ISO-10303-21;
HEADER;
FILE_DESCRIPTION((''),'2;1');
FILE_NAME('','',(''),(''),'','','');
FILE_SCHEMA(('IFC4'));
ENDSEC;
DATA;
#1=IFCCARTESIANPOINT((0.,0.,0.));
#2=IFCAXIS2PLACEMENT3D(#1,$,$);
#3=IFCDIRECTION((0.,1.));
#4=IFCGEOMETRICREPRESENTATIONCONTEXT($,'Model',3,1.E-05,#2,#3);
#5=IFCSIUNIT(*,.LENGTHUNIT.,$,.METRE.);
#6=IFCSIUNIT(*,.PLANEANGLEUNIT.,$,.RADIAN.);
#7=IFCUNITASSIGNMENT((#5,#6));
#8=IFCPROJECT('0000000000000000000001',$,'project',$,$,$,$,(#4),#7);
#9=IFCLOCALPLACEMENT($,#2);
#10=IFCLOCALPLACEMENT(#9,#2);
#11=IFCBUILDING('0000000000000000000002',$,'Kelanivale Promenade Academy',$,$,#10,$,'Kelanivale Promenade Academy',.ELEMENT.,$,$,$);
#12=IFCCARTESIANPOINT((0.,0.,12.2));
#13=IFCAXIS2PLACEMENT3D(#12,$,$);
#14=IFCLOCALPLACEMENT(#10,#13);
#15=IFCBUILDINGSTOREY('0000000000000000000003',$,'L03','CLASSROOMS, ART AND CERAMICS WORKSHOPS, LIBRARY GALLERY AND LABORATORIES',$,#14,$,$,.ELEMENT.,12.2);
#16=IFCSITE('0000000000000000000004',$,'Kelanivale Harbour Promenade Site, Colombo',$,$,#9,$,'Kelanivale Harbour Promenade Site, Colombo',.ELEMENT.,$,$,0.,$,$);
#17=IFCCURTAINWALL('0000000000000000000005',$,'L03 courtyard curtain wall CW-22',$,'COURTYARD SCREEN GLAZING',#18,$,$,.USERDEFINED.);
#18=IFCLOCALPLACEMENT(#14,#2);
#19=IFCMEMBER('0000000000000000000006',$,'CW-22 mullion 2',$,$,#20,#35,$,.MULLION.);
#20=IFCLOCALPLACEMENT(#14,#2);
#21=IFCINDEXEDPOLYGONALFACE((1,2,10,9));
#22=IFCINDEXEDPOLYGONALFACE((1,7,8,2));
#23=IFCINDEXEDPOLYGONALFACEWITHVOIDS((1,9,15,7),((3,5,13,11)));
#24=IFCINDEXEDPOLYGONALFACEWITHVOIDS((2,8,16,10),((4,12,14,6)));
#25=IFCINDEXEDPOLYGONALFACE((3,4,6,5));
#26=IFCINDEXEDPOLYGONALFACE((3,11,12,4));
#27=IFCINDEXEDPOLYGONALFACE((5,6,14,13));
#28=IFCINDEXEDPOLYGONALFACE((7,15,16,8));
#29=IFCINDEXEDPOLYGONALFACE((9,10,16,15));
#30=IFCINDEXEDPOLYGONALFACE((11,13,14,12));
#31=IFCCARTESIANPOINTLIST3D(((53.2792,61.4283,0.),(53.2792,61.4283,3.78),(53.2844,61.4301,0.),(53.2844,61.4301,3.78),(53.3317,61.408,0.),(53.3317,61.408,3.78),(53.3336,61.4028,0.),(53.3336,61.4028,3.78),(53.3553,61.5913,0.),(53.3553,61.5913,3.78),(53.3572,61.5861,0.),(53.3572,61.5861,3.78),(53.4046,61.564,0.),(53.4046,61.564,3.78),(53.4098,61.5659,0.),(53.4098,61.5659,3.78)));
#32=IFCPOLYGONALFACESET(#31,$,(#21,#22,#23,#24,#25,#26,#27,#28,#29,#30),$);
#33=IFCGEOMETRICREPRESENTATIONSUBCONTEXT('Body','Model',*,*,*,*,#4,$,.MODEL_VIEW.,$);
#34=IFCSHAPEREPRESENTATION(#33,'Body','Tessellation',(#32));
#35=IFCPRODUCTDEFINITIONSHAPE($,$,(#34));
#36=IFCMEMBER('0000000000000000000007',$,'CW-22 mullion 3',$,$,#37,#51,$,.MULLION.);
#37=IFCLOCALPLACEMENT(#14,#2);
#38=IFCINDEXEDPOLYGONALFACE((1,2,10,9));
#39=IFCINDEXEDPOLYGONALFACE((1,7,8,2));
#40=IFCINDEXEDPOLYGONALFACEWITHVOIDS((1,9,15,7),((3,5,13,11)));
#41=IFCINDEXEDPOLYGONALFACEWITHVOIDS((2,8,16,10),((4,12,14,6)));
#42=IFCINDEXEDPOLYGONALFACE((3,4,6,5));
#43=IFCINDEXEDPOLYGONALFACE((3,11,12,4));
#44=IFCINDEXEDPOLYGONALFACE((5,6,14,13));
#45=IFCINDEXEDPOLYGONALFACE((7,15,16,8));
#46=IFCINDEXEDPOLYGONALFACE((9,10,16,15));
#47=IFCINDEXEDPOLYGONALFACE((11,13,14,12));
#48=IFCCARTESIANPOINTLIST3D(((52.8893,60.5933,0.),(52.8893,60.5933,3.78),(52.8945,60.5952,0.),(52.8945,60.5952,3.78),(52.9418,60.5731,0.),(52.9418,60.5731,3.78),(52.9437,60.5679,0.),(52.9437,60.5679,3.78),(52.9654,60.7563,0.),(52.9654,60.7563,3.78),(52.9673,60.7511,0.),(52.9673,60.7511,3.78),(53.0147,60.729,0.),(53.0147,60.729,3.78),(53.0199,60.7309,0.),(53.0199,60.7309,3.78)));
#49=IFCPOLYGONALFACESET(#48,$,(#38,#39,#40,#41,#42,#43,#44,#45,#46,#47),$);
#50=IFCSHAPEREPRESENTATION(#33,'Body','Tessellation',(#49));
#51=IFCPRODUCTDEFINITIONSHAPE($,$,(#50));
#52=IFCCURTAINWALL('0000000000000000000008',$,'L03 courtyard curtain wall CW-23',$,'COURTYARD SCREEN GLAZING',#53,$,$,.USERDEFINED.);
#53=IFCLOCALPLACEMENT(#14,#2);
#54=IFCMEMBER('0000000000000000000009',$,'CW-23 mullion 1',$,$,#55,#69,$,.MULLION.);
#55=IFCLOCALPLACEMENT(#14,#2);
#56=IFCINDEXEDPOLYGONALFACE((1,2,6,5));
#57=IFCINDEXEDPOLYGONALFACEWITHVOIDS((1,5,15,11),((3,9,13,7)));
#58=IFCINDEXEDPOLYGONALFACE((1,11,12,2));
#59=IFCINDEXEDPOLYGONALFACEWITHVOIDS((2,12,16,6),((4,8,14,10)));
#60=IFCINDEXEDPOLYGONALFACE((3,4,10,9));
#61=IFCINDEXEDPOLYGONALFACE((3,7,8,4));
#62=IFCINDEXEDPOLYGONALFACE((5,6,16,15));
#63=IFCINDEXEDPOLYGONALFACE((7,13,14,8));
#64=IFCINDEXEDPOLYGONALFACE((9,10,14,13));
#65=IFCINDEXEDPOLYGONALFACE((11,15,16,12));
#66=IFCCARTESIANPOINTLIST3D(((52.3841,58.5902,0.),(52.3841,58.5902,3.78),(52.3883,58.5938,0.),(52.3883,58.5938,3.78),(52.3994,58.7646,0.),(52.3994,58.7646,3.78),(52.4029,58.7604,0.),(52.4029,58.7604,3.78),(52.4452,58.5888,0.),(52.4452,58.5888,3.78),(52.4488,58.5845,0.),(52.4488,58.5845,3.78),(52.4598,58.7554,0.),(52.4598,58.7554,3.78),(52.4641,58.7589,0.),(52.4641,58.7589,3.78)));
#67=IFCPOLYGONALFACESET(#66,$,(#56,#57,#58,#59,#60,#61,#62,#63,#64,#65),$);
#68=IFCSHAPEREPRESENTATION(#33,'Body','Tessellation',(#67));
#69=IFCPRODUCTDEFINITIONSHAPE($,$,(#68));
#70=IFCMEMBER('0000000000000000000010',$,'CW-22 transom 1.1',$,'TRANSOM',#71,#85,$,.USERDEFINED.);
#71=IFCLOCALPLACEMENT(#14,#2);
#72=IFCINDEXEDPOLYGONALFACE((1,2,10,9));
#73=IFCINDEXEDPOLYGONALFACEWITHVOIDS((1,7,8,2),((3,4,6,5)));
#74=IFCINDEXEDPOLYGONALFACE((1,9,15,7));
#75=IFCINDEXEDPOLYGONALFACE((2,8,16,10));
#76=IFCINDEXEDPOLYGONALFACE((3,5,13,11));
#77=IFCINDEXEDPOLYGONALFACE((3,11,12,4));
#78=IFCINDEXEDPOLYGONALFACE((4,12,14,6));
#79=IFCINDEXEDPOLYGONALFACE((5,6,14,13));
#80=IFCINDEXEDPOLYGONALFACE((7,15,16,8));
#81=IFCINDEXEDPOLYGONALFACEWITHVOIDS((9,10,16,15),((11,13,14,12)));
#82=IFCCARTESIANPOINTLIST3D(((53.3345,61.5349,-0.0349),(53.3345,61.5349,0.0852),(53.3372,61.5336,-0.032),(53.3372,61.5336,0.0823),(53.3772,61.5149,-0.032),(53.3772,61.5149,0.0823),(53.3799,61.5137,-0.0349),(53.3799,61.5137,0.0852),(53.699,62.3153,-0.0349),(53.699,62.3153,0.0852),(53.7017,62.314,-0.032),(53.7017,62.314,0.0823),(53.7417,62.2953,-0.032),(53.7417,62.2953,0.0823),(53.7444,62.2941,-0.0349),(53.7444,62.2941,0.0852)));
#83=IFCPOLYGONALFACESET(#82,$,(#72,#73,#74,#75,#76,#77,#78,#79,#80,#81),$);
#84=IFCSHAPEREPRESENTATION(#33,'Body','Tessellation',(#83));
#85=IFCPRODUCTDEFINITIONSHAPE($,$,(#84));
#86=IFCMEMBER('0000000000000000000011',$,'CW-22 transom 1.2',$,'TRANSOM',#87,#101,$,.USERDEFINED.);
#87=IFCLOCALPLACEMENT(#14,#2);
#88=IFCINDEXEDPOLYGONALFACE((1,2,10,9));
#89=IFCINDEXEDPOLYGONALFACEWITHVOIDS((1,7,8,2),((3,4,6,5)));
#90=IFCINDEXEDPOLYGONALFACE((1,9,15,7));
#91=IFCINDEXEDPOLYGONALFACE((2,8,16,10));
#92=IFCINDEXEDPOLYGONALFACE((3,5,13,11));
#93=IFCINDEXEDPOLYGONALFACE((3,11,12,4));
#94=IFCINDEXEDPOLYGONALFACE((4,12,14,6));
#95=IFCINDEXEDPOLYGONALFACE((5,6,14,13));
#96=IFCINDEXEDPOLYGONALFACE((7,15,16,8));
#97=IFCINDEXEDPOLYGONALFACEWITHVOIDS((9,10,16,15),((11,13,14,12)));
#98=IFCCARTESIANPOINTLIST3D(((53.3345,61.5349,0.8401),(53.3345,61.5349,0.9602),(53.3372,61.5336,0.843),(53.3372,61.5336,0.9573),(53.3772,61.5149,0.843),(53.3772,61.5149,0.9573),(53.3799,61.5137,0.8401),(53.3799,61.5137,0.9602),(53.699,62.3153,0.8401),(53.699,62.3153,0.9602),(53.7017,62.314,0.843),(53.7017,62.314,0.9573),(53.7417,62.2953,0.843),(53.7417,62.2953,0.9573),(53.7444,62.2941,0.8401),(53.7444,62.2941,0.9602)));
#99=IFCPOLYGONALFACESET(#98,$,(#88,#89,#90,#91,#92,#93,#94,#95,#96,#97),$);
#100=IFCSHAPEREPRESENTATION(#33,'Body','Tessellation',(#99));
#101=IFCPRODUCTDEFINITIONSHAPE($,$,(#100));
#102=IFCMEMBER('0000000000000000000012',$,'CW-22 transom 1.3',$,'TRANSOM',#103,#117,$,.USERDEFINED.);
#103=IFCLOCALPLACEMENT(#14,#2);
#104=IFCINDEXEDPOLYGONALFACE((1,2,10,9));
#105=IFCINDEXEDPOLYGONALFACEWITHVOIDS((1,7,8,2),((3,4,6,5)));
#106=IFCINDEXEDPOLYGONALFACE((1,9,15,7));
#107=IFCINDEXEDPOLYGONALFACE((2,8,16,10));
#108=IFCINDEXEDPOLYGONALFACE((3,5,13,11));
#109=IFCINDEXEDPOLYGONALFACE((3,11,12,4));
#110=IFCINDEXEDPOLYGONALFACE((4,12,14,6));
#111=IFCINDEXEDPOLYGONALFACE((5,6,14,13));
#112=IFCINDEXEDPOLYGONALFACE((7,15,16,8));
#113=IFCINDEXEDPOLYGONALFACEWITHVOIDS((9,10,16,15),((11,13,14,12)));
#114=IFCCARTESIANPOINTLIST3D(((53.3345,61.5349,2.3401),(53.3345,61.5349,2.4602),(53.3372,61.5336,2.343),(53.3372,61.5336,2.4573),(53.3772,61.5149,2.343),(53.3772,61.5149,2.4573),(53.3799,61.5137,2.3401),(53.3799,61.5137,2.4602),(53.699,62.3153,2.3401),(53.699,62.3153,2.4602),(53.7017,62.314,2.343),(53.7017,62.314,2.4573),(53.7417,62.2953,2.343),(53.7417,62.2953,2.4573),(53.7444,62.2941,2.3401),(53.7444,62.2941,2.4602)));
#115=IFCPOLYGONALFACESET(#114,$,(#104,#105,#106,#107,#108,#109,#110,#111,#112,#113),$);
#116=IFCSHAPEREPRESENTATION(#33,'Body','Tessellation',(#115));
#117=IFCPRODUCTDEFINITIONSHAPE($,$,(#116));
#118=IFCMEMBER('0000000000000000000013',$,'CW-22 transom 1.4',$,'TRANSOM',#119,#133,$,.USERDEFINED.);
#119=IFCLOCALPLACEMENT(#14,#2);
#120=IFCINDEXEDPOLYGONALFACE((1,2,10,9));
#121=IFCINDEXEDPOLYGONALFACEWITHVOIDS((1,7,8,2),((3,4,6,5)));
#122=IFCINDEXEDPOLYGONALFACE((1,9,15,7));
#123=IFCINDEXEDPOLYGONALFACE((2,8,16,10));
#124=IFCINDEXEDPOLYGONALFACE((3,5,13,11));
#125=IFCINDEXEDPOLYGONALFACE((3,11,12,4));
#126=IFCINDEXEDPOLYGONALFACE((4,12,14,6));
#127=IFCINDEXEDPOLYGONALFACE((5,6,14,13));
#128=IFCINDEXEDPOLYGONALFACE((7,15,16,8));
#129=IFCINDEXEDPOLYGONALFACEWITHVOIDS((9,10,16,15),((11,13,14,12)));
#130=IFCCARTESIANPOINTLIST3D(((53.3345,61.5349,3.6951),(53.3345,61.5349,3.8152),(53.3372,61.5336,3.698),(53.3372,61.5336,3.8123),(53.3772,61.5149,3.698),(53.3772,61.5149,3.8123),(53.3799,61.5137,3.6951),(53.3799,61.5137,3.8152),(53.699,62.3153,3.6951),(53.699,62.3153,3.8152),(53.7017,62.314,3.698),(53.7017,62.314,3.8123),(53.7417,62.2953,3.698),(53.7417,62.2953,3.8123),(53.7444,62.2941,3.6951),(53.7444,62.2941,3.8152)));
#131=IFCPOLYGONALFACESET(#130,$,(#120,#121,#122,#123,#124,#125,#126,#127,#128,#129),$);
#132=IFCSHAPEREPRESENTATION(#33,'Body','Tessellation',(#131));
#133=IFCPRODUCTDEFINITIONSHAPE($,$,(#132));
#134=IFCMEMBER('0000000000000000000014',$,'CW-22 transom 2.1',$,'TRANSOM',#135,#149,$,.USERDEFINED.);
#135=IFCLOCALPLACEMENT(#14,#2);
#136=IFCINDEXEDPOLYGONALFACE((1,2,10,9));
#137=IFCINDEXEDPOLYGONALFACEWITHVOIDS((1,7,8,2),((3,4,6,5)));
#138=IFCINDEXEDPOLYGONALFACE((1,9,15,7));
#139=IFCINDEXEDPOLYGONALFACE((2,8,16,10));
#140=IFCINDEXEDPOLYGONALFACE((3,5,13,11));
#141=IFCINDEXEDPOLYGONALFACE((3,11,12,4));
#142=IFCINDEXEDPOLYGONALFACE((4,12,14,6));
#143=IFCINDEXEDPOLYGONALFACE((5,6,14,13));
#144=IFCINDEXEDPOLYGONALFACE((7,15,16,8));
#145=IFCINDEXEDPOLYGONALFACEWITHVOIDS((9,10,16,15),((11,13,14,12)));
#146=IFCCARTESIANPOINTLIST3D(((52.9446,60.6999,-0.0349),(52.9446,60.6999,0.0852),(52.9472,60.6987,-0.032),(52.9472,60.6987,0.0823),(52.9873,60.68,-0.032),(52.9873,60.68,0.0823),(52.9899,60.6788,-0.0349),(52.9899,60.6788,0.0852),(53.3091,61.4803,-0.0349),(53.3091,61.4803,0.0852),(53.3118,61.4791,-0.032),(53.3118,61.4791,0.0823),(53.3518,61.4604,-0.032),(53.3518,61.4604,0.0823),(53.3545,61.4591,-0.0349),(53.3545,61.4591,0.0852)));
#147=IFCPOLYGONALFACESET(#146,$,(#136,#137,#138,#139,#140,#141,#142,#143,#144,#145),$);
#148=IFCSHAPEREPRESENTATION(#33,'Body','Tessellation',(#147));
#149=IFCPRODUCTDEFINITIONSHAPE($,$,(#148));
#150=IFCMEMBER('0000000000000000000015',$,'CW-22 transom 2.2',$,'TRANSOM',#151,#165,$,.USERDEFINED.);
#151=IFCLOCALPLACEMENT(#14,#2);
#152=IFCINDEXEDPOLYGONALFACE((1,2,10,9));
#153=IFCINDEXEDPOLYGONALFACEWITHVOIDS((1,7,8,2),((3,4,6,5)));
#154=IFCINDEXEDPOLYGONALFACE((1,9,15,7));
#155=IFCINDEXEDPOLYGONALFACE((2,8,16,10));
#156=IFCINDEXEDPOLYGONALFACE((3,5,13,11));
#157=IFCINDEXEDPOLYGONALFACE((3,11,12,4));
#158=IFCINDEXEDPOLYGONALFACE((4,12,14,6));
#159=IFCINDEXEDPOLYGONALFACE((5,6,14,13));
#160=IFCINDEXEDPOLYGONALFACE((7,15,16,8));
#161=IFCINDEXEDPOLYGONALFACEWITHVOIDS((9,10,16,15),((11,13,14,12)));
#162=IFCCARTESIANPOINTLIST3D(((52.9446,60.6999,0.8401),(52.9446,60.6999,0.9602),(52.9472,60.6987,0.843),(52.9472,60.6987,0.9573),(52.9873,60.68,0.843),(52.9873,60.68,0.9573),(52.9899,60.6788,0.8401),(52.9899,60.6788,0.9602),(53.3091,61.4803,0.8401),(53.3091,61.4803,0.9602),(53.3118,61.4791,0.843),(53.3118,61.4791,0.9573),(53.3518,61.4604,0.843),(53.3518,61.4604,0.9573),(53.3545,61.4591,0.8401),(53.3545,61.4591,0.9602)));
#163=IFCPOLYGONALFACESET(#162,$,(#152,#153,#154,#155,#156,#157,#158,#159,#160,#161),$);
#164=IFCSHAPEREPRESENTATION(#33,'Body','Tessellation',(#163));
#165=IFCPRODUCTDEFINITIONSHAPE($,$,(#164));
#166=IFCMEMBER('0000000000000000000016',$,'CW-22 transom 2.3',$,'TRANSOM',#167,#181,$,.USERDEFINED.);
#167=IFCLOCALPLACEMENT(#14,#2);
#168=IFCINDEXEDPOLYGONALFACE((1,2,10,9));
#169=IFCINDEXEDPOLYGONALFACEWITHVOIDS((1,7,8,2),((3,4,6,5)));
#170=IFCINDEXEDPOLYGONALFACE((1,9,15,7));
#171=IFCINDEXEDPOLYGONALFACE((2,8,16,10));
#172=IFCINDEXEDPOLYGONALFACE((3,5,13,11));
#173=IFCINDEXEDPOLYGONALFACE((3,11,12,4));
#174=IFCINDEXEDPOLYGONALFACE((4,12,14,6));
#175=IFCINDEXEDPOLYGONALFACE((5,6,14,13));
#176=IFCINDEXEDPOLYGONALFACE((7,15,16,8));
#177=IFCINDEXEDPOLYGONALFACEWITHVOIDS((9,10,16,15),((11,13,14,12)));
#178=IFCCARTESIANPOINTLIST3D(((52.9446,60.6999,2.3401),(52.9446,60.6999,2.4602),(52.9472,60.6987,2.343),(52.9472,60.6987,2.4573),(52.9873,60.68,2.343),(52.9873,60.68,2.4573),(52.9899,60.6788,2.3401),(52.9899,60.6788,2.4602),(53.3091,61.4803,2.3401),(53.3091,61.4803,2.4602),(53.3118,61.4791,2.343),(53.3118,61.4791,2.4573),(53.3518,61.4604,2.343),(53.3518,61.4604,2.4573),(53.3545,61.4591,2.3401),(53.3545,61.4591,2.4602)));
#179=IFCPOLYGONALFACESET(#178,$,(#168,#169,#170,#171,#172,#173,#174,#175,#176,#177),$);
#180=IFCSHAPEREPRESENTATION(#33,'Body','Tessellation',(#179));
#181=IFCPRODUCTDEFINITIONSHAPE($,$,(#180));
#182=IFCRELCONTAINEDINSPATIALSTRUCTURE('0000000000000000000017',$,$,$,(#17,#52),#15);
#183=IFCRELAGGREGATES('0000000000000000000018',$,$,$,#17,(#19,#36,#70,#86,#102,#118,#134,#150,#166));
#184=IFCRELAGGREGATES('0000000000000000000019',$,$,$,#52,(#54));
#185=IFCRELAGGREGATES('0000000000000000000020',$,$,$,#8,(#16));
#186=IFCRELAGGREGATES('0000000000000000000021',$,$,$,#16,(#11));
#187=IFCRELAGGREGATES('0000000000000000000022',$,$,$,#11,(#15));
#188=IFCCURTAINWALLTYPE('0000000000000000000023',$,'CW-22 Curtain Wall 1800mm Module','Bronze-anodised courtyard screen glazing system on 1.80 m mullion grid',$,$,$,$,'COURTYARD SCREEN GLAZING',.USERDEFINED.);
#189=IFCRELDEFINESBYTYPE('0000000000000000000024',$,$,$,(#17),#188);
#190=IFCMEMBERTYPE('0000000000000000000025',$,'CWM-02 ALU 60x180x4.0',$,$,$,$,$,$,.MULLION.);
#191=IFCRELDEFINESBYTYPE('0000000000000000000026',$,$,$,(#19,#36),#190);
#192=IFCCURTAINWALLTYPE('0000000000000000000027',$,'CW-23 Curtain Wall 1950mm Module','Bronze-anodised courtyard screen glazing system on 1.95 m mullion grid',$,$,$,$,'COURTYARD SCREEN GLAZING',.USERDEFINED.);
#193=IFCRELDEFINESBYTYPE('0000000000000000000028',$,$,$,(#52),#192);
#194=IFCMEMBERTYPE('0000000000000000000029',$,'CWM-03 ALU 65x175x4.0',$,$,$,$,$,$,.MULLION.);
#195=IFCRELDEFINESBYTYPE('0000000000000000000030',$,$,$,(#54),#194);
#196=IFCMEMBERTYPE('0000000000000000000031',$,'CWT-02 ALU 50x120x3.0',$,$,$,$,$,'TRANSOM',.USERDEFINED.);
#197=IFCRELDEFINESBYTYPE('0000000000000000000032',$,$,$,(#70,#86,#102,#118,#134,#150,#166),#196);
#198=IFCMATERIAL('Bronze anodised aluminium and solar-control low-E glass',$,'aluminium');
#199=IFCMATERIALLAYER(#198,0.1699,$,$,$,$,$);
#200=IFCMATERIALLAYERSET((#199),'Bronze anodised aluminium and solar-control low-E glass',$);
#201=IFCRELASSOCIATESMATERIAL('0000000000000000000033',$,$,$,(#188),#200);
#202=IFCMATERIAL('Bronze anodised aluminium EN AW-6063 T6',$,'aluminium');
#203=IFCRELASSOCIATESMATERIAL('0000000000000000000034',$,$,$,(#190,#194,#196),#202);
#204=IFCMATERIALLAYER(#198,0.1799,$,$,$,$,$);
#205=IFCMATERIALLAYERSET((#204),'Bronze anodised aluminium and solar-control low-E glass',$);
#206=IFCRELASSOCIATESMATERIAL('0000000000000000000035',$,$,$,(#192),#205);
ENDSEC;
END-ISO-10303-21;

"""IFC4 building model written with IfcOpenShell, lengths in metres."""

from ifc_helpers import new_model, si_unit, direction, frame, origin, origin_2d, place, context, subcontext, project, spatial, hollow_rectangle, extrude, material, layer, layer_set, material_profile, profile_set, type_object, element, aggregate, save


model = new_model("IFC4")

# Units and contexts
model_context = context("Model", 3, precision=1e-05, world=origin(), true_north=direction((0.0, 1.0)))
body_context = subcontext(model_context, "Body", "Model", "MODEL_VIEW")
ifc_project = project(units=[si_unit("LENGTHUNIT", "METRE"), si_unit("PLANEANGLEUNIT", "RADIAN")], contexts=[model_context])

# Site, building, storey
site_placement = place(None, origin())
site = spatial("IfcSite", under=ifc_project, at=site_placement, Name="Kelanivale Harbour Promenade Site, Colombo", LongName="Kelanivale Harbour Promenade Site, Colombo", CompositionType="ELEMENT", RefElevation=0.0)
building_placement = place(site_placement, origin())
building = spatial("IfcBuilding", under=site, at=building_placement, Name="Kelanivale Promenade Academy", LongName="Kelanivale Promenade Academy", CompositionType="ELEMENT")
storey_placement = place(building_placement, frame((0.0, 0.0, 12.2)))
storey = spatial("IfcBuildingStorey", under=building, at=storey_placement, Name="L03", Description="CLASSROOMS, ART AND CERAMICS WORKSHOPS, LIBRARY GALLERY AND LABORATORIES", CompositionType="ELEMENT", Elevation=12.2)

# Curtain wall, members
ifc_material_1 = material(Name="Bronze anodised aluminium and solar-control low-E glass", Category="aluminium")
ifc_layer_1 = layer(ifc_material_1, 0.1699)
ifc_layer_set_1 = layer_set([ifc_layer_1], Name="Bronze anodised aluminium and solar-control low-E glass")
curtain_wall_type_1 = type_object("IfcCurtainWallType", Name="CW-22 Curtain Wall 1800mm Module", Description="Bronze-anodised courtyard screen glazing system on 1.80 m mullion grid", ElementType="COURTYARD SCREEN GLAZING", PredefinedType="USERDEFINED", material=ifc_layer_set_1)
curtain_wall_1_placement = place(storey_placement, origin())
curtain_wall_1 = element("IfcCurtainWall", 1, at=curtain_wall_1_placement, inside=storey, type_object=curtain_wall_type_1, Name="L03 courtyard curtain wall CW-22", ObjectType="COURTYARD SCREEN GLAZING", PredefinedType="USERDEFINED")
ifc_material_2 = material(Name="Bronze anodised aluminium EN AW-6063 T6", Category="aluminium")
ifc_material_profile_1 = material_profile(ifc_material_2, hollow_rectangle(XDim=0.0601, YDim=0.1799, WallThickness=0.0039, at=origin_2d()), Name="ALU 60x180x4.0")
ifc_profile_set_1 = profile_set([ifc_material_profile_1], Name="Bronze anodised aluminium EN AW-6063 T6")
member_type_1 = type_object("IfcMemberType", Name="CWM-02 ALU 60x180x4.0", PredefinedType="MULLION", material=ifc_profile_set_1)
member_1_placement = place(storey_placement, frame((53.3445, 61.4971, 0.0), z_axis=(0.0, 0.0, 1.0), x_axis=(0.906089, -0.423087, 0.0)))
member_1 = element("IfcMember", 2, at=member_1_placement, type_object=member_type_1, Name="CW-22 mullion 2", PredefinedType="MULLION", context=body_context, shape_type="SweptSolid", body=[
    extrude(hollow_rectangle(XDim=0.0601, YDim=0.1799, WallThickness=0.0039, at=origin_2d()), origin(), (0.0, 0.0, 1.0), 3.78),
])
member_2_placement = place(storey_placement, frame((52.9546, 60.6621, 0.0), z_axis=(0.0, 0.0, 1.0), x_axis=(0.906089, -0.423087, 0.0)))
member_2 = element("IfcMember", 3, at=member_2_placement, type_object=member_type_1, Name="CW-22 mullion 3", PredefinedType="MULLION", context=body_context, shape_type="SweptSolid", body=[
    extrude(hollow_rectangle(XDim=0.0601, YDim=0.1799, WallThickness=0.0039, at=origin_2d()), origin(), (0.0, 0.0, 1.0), 3.78),
])

# Curtain wall, member
ifc_layer_2 = layer(ifc_material_1, 0.1799)
ifc_layer_set_2 = layer_set([ifc_layer_2], Name="Bronze anodised aluminium and solar-control low-E glass")
curtain_wall_type_2 = type_object("IfcCurtainWallType", Name="CW-23 Curtain Wall 1950mm Module", Description="Bronze-anodised courtyard screen glazing system on 1.95 m mullion grid", ElementType="COURTYARD SCREEN GLAZING", PredefinedType="USERDEFINED", material=ifc_layer_set_2)
curtain_wall_2_placement = place(storey_placement, origin())
curtain_wall_2 = element("IfcCurtainWall", 4, at=curtain_wall_2_placement, inside=storey, type_object=curtain_wall_type_2, Name="L03 courtyard curtain wall CW-23", ObjectType="COURTYARD SCREEN GLAZING", PredefinedType="USERDEFINED")
ifc_material_profile_2 = material_profile(ifc_material_2, hollow_rectangle(XDim=0.0649, YDim=0.175, WallThickness=0.0039, at=origin_2d()), Name="ALU 65x175x4.0")
ifc_profile_set_2 = profile_set([ifc_material_profile_2], Name="Bronze anodised aluminium EN AW-6063 T6")
member_type_2 = type_object("IfcMemberType", Name="CWM-03 ALU 65x175x4.0", PredefinedType="MULLION", material=ifc_profile_set_2)
member_3_placement = place(storey_placement, frame((52.4241, 58.6746, 0.0), z_axis=(0.0, 0.0, 1.0), x_axis=(0.996185, -0.087265, 0.0)))
member_3 = element("IfcMember", 5, at=member_3_placement, type_object=member_type_2, Name="CW-23 mullion 1", PredefinedType="MULLION", context=body_context, shape_type="SweptSolid", body=[
    extrude(hollow_rectangle(XDim=0.0649, YDim=0.175, WallThickness=0.0039, at=origin_2d()), origin(), (0.0, 0.0, 1.0), 3.78),
])

# Members
ifc_material_profile_3 = material_profile(ifc_material_2, hollow_rectangle(XDim=0.05, YDim=0.1201, WallThickness=0.0029, at=origin_2d()), Name="ALU 50x120x3.0")
ifc_profile_set_3 = profile_set([ifc_material_profile_3], Name="Bronze anodised aluminium EN AW-6063 T6")
member_type_3 = type_object("IfcMemberType", Name="CWT-02 ALU 50x120x3.0", ElementType="TRANSOM", PredefinedType="USERDEFINED", material=ifc_profile_set_3)
member_4_placement = place(storey_placement, frame((53.7217, 62.3047, 0.0251), z_axis=(-0.423134, -0.906067, 0.0), x_axis=(0.906067, -0.423134, 0.0)))
member_4 = element("IfcMember", 6, at=member_4_placement, type_object=member_type_3, Name="CW-22 transom 1.1", ObjectType="TRANSOM", PredefinedType="USERDEFINED", context=body_context, shape_type="SweptSolid", body=[
    extrude(hollow_rectangle(XDim=0.05, YDim=0.1201, WallThickness=0.0029, at=origin_2d()), origin(), (0.0, 0.0, 1.0), 0.8613),
])
member_5_placement = place(storey_placement, frame((53.7217, 62.3047, 0.9001), z_axis=(-0.423134, -0.906067, 0.0), x_axis=(0.906067, -0.423134, 0.0)))
member_5 = element("IfcMember", 7, at=member_5_placement, type_object=member_type_3, Name="CW-22 transom 1.2", ObjectType="TRANSOM", PredefinedType="USERDEFINED", context=body_context, shape_type="SweptSolid", body=[
    extrude(hollow_rectangle(XDim=0.05, YDim=0.1201, WallThickness=0.0029, at=origin_2d()), origin(), (0.0, 0.0, 1.0), 0.8613),
])
member_6_placement = place(storey_placement, frame((53.7217, 62.3047, 2.4001), z_axis=(-0.423134, -0.906067, 0.0), x_axis=(0.906067, -0.423134, 0.0)))
member_6 = element("IfcMember", 8, at=member_6_placement, type_object=member_type_3, Name="CW-22 transom 1.3", ObjectType="TRANSOM", PredefinedType="USERDEFINED", context=body_context, shape_type="SweptSolid", body=[
    extrude(hollow_rectangle(XDim=0.05, YDim=0.1201, WallThickness=0.0029, at=origin_2d()), origin(), (0.0, 0.0, 1.0), 0.8613),
])
member_7_placement = place(storey_placement, frame((53.7217, 62.3047, 3.7551), z_axis=(-0.423134, -0.906067, 0.0), x_axis=(0.906067, -0.423134, 0.0)))
member_7 = element("IfcMember", 9, at=member_7_placement, type_object=member_type_3, Name="CW-22 transom 1.4", ObjectType="TRANSOM", PredefinedType="USERDEFINED", context=body_context, shape_type="SweptSolid", body=[
    extrude(hollow_rectangle(XDim=0.05, YDim=0.1201, WallThickness=0.0029, at=origin_2d()), origin(), (0.0, 0.0, 1.0), 0.8613),
])
member_8_placement = place(storey_placement, frame((53.3318, 61.4697, 0.0251), z_axis=(-0.423242, -0.906016, 0.0), x_axis=(0.906016, -0.423242, 0.0)))
member_8 = element("IfcMember", 10, at=member_8_placement, type_object=member_type_3, Name="CW-22 transom 2.1", ObjectType="TRANSOM", PredefinedType="USERDEFINED", context=body_context, shape_type="SweptSolid", body=[
    extrude(hollow_rectangle(XDim=0.05, YDim=0.1201, WallThickness=0.0029, at=origin_2d()), origin(), (0.0, 0.0, 1.0), 0.8613),
])
member_9_placement = place(storey_placement, frame((53.3318, 61.4697, 0.9001), z_axis=(-0.423242, -0.906016, 0.0), x_axis=(0.906016, -0.423242, 0.0)))
member_9 = element("IfcMember", 11, at=member_9_placement, type_object=member_type_3, Name="CW-22 transom 2.2", ObjectType="TRANSOM", PredefinedType="USERDEFINED", context=body_context, shape_type="SweptSolid", body=[
    extrude(hollow_rectangle(XDim=0.05, YDim=0.1201, WallThickness=0.0029, at=origin_2d()), origin(), (0.0, 0.0, 1.0), 0.8613),
])
member_10_placement = place(storey_placement, frame((53.3318, 61.4697, 2.4001), z_axis=(-0.423242, -0.906016, 0.0), x_axis=(0.906016, -0.423242, 0.0)))
member_10 = element("IfcMember", 12, at=member_10_placement, type_object=member_type_3, Name="CW-22 transom 2.3", ObjectType="TRANSOM", PredefinedType="USERDEFINED", context=body_context, shape_type="SweptSolid", body=[
    extrude(hollow_rectangle(XDim=0.05, YDim=0.1201, WallThickness=0.0029, at=origin_2d()), origin(), (0.0, 0.0, 1.0), 0.8613),
])

aggregate(curtain_wall_1, [member_1, member_2, member_4, member_5, member_6, member_7, member_8, member_9, member_10])
aggregate(curtain_wall_2, [member_3])

save(model, "model.ifc")
